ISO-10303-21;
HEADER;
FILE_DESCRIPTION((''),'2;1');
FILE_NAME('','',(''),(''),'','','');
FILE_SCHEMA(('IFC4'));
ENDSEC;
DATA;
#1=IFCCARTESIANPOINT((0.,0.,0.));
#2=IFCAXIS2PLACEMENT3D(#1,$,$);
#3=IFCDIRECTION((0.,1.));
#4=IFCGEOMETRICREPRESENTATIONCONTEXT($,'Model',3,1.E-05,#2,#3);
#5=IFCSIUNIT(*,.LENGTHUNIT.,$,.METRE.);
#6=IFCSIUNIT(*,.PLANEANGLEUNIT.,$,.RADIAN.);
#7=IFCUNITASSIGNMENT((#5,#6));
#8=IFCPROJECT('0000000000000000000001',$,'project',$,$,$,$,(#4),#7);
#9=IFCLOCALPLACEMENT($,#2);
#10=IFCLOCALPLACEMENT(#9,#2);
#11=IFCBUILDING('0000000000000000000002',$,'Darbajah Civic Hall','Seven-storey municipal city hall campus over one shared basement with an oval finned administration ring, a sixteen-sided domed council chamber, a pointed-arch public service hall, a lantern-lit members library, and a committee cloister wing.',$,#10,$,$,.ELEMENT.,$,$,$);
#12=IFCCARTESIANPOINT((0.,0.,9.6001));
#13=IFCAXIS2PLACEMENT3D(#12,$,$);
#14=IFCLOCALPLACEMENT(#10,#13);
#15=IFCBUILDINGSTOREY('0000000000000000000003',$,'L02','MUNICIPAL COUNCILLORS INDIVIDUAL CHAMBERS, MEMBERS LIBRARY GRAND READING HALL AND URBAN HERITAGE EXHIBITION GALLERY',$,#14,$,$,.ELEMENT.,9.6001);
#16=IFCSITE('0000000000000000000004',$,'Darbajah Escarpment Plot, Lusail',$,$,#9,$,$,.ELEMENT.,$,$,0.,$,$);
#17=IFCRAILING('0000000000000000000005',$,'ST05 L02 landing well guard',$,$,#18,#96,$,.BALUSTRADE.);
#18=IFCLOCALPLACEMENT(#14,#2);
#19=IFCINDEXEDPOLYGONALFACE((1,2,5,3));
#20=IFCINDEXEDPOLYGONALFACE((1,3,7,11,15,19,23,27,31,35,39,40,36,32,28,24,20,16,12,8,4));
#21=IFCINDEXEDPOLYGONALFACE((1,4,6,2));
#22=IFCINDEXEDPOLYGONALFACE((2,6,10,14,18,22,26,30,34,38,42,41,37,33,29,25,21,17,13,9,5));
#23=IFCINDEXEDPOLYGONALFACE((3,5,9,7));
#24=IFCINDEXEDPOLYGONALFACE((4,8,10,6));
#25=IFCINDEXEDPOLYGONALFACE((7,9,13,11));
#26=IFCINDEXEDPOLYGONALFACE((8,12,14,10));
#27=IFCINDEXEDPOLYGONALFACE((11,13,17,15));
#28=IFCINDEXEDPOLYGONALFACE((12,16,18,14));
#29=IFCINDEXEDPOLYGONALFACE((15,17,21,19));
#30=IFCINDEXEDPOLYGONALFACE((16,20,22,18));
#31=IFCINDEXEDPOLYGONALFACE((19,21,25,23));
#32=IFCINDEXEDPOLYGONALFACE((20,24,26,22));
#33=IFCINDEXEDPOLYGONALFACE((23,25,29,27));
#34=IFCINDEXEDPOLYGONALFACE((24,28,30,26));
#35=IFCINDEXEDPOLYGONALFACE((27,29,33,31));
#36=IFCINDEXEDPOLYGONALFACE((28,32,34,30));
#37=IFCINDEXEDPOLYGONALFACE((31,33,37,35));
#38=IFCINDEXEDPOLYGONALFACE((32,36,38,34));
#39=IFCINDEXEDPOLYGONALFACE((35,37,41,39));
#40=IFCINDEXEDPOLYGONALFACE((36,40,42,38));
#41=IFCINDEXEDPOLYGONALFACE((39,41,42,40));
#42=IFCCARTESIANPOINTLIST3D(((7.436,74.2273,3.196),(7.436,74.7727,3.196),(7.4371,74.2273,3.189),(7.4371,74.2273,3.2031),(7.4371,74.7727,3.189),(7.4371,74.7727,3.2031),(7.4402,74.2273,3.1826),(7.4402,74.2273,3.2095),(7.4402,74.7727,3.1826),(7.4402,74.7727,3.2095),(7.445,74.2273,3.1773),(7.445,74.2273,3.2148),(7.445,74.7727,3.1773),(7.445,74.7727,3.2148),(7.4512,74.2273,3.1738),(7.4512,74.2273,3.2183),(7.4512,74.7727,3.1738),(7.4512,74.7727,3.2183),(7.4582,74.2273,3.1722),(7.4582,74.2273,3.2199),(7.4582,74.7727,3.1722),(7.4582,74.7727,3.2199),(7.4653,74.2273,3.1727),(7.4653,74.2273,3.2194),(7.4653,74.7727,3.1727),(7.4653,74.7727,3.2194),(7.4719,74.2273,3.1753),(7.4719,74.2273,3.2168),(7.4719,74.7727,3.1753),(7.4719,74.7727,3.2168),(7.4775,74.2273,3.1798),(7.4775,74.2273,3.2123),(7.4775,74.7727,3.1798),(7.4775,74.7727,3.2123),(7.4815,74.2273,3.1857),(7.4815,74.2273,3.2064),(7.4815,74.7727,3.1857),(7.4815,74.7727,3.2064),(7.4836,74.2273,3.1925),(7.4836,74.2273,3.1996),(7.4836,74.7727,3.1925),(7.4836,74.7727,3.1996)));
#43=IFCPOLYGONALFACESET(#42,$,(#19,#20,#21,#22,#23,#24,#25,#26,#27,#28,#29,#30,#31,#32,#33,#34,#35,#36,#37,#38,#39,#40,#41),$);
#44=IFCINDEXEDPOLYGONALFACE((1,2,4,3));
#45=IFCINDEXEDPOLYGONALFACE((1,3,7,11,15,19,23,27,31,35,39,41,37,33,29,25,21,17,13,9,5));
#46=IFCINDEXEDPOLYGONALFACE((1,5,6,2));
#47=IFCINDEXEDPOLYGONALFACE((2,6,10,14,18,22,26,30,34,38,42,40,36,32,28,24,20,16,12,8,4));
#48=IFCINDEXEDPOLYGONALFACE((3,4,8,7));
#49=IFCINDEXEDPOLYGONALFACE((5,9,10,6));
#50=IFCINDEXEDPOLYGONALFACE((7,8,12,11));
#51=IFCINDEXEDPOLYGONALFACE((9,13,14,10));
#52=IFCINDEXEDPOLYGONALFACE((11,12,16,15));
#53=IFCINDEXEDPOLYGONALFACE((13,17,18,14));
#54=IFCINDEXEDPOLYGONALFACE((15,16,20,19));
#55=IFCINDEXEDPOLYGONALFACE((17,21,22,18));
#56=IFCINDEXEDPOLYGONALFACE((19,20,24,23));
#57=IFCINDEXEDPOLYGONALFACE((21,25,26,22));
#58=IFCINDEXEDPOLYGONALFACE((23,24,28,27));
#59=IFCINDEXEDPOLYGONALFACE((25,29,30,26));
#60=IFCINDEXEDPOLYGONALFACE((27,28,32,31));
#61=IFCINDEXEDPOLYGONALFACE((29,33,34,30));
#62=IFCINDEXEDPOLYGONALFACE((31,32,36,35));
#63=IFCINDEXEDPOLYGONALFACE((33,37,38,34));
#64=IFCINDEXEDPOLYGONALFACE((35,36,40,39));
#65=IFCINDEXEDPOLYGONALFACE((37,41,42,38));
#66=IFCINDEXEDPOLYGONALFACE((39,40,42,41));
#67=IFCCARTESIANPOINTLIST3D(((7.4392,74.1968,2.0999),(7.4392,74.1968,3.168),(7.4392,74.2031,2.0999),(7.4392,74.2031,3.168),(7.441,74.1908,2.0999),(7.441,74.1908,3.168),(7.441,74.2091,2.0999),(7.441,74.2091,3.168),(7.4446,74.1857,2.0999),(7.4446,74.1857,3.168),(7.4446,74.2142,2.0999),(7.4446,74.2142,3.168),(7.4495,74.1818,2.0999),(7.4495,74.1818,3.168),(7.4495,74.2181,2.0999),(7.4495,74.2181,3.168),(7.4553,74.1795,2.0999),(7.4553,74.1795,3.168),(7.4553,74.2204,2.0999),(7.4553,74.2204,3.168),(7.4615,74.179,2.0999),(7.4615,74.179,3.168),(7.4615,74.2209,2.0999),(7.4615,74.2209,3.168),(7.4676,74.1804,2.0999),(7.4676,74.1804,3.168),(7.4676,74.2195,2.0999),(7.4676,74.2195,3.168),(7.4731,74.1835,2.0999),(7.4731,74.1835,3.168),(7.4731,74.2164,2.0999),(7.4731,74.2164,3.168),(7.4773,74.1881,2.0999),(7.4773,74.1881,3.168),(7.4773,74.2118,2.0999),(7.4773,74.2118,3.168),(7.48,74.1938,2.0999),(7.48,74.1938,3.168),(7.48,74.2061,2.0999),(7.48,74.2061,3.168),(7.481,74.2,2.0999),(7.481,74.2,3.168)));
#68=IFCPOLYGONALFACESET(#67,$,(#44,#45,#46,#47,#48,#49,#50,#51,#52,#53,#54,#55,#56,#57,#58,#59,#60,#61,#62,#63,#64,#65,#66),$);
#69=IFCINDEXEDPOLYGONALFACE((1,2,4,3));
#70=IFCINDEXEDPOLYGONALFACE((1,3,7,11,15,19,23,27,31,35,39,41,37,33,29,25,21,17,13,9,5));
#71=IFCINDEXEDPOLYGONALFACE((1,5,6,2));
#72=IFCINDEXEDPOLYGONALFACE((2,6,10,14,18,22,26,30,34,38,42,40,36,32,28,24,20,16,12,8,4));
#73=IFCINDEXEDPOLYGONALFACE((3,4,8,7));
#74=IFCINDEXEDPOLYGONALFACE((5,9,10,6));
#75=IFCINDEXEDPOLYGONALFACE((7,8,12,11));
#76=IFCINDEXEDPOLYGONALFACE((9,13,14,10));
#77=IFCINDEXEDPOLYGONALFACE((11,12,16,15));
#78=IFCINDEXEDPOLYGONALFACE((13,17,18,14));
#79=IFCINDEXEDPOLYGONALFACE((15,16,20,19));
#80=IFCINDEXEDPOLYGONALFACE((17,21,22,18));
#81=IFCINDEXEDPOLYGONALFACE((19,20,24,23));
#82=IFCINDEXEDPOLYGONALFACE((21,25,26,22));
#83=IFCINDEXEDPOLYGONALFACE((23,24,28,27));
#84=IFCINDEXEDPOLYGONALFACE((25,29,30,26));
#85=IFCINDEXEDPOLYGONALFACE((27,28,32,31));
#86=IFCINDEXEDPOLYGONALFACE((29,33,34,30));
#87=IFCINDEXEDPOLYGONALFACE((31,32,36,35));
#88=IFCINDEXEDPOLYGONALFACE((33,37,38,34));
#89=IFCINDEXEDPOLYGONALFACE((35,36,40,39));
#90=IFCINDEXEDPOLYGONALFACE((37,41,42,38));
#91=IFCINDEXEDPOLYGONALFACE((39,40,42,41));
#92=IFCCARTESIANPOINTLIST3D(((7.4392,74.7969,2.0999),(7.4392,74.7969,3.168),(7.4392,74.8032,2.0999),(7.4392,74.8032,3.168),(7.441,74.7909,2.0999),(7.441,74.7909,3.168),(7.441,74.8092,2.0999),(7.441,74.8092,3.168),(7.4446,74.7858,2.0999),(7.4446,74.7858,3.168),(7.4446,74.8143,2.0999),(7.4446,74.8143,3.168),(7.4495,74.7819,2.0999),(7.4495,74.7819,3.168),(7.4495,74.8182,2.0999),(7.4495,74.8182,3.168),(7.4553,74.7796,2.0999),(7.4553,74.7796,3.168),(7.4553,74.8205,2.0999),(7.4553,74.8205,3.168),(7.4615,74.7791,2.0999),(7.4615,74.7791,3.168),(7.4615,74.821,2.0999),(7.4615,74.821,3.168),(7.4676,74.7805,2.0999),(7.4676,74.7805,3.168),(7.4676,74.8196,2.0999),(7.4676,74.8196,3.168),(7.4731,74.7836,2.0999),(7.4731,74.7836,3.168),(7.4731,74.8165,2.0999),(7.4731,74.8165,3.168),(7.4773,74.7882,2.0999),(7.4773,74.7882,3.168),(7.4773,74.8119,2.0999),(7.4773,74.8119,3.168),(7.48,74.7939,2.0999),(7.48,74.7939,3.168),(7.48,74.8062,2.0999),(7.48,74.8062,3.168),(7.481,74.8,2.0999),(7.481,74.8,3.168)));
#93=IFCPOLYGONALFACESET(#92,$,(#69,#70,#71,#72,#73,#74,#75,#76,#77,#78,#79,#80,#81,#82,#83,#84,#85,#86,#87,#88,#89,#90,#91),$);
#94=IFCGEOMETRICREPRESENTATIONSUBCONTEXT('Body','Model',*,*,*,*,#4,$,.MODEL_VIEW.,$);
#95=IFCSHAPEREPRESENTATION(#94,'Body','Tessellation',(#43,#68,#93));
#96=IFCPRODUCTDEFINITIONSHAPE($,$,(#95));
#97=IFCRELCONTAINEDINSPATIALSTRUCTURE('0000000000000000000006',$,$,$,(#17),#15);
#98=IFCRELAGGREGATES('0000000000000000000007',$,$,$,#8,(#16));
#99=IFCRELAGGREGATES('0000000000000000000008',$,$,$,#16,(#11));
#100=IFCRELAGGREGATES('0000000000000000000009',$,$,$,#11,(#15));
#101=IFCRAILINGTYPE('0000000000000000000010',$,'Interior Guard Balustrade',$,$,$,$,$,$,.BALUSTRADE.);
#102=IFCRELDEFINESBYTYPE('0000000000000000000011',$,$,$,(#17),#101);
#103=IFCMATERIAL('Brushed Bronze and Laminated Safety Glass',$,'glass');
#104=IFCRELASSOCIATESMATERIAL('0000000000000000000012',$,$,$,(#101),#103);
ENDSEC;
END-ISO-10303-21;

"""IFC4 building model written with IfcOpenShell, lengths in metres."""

from ifc_helpers import new_model, si_unit, direction, frame, origin, origin_2d, place, context, subcontext, project, spatial, circle, extrude, material, type_object, element, save


model = new_model("IFC4")

# Units and contexts
model_context = context("Model", 3, precision=1e-05, world=origin(), true_north=direction((0.0, 1.0)))
body_context = subcontext(model_context, "Body", "Model", "MODEL_VIEW")
ifc_project = project(units=[si_unit("LENGTHUNIT", "METRE"), si_unit("PLANEANGLEUNIT", "RADIAN")], contexts=[model_context])

# Site, building, storey
site_placement = place(None, origin())
site = spatial("IfcSite", under=ifc_project, at=site_placement, Name="Darbajah Escarpment Plot, Lusail", CompositionType="ELEMENT", RefElevation=0.0)
building_placement = place(site_placement, origin())
building = spatial("IfcBuilding", under=site, at=building_placement, Name="Darbajah Civic Hall", Description="Seven-storey municipal city hall campus over one shared basement with an oval finned administration ring, a sixteen-sided domed council chamber, a pointed-arch public service hall, a lantern-lit members library, and a committee cloister wing.", CompositionType="ELEMENT")
storey_placement = place(building_placement, frame((0.0, 0.0, 9.6001)))
storey = spatial("IfcBuildingStorey", under=building, at=storey_placement, Name="L02", Description="MUNICIPAL COUNCILLORS INDIVIDUAL CHAMBERS, MEMBERS LIBRARY GRAND READING HALL AND URBAN HERITAGE EXHIBITION GALLERY", CompositionType="ELEMENT", Elevation=9.6001)

# Railing
ifc_material_1 = material(Name="Brushed Bronze and Laminated Safety Glass", Category="glass")
railing_type_1 = type_object("IfcRailingType", Name="Interior Guard Balustrade", PredefinedType="BALUSTRADE", material=ifc_material_1)
railing_1_placement = place(storey_placement, frame((7.46, 74.2, 2.0999)))
element("IfcRailing", 1, at=railing_1_placement, inside=storey, type_object=railing_type_1, Name="ST05 L02 landing well guard", PredefinedType="BALUSTRADE", context=body_context, shape_type="SweptSolid", body=[
    extrude(circle(Radius=0.0239, at=origin_2d()), frame((0.0, 0.0273, 1.0962), z_axis=(0.0, 1.0, 0.0), x_axis=(-1.0, 0.0, 0.0)), (0.0, 0.0, 1.0), 0.5454),
    extrude(circle(Radius=0.021, at=origin_2d()), origin(), (0.0, 0.0, 1.0), 1.0681),
    extrude(circle(Radius=0.021, at=origin_2d()), frame((0.0, 0.6001, 0.0)), (0.0, 0.0, 1.0), 1.0681),
])

save(model, "model.ifc")
